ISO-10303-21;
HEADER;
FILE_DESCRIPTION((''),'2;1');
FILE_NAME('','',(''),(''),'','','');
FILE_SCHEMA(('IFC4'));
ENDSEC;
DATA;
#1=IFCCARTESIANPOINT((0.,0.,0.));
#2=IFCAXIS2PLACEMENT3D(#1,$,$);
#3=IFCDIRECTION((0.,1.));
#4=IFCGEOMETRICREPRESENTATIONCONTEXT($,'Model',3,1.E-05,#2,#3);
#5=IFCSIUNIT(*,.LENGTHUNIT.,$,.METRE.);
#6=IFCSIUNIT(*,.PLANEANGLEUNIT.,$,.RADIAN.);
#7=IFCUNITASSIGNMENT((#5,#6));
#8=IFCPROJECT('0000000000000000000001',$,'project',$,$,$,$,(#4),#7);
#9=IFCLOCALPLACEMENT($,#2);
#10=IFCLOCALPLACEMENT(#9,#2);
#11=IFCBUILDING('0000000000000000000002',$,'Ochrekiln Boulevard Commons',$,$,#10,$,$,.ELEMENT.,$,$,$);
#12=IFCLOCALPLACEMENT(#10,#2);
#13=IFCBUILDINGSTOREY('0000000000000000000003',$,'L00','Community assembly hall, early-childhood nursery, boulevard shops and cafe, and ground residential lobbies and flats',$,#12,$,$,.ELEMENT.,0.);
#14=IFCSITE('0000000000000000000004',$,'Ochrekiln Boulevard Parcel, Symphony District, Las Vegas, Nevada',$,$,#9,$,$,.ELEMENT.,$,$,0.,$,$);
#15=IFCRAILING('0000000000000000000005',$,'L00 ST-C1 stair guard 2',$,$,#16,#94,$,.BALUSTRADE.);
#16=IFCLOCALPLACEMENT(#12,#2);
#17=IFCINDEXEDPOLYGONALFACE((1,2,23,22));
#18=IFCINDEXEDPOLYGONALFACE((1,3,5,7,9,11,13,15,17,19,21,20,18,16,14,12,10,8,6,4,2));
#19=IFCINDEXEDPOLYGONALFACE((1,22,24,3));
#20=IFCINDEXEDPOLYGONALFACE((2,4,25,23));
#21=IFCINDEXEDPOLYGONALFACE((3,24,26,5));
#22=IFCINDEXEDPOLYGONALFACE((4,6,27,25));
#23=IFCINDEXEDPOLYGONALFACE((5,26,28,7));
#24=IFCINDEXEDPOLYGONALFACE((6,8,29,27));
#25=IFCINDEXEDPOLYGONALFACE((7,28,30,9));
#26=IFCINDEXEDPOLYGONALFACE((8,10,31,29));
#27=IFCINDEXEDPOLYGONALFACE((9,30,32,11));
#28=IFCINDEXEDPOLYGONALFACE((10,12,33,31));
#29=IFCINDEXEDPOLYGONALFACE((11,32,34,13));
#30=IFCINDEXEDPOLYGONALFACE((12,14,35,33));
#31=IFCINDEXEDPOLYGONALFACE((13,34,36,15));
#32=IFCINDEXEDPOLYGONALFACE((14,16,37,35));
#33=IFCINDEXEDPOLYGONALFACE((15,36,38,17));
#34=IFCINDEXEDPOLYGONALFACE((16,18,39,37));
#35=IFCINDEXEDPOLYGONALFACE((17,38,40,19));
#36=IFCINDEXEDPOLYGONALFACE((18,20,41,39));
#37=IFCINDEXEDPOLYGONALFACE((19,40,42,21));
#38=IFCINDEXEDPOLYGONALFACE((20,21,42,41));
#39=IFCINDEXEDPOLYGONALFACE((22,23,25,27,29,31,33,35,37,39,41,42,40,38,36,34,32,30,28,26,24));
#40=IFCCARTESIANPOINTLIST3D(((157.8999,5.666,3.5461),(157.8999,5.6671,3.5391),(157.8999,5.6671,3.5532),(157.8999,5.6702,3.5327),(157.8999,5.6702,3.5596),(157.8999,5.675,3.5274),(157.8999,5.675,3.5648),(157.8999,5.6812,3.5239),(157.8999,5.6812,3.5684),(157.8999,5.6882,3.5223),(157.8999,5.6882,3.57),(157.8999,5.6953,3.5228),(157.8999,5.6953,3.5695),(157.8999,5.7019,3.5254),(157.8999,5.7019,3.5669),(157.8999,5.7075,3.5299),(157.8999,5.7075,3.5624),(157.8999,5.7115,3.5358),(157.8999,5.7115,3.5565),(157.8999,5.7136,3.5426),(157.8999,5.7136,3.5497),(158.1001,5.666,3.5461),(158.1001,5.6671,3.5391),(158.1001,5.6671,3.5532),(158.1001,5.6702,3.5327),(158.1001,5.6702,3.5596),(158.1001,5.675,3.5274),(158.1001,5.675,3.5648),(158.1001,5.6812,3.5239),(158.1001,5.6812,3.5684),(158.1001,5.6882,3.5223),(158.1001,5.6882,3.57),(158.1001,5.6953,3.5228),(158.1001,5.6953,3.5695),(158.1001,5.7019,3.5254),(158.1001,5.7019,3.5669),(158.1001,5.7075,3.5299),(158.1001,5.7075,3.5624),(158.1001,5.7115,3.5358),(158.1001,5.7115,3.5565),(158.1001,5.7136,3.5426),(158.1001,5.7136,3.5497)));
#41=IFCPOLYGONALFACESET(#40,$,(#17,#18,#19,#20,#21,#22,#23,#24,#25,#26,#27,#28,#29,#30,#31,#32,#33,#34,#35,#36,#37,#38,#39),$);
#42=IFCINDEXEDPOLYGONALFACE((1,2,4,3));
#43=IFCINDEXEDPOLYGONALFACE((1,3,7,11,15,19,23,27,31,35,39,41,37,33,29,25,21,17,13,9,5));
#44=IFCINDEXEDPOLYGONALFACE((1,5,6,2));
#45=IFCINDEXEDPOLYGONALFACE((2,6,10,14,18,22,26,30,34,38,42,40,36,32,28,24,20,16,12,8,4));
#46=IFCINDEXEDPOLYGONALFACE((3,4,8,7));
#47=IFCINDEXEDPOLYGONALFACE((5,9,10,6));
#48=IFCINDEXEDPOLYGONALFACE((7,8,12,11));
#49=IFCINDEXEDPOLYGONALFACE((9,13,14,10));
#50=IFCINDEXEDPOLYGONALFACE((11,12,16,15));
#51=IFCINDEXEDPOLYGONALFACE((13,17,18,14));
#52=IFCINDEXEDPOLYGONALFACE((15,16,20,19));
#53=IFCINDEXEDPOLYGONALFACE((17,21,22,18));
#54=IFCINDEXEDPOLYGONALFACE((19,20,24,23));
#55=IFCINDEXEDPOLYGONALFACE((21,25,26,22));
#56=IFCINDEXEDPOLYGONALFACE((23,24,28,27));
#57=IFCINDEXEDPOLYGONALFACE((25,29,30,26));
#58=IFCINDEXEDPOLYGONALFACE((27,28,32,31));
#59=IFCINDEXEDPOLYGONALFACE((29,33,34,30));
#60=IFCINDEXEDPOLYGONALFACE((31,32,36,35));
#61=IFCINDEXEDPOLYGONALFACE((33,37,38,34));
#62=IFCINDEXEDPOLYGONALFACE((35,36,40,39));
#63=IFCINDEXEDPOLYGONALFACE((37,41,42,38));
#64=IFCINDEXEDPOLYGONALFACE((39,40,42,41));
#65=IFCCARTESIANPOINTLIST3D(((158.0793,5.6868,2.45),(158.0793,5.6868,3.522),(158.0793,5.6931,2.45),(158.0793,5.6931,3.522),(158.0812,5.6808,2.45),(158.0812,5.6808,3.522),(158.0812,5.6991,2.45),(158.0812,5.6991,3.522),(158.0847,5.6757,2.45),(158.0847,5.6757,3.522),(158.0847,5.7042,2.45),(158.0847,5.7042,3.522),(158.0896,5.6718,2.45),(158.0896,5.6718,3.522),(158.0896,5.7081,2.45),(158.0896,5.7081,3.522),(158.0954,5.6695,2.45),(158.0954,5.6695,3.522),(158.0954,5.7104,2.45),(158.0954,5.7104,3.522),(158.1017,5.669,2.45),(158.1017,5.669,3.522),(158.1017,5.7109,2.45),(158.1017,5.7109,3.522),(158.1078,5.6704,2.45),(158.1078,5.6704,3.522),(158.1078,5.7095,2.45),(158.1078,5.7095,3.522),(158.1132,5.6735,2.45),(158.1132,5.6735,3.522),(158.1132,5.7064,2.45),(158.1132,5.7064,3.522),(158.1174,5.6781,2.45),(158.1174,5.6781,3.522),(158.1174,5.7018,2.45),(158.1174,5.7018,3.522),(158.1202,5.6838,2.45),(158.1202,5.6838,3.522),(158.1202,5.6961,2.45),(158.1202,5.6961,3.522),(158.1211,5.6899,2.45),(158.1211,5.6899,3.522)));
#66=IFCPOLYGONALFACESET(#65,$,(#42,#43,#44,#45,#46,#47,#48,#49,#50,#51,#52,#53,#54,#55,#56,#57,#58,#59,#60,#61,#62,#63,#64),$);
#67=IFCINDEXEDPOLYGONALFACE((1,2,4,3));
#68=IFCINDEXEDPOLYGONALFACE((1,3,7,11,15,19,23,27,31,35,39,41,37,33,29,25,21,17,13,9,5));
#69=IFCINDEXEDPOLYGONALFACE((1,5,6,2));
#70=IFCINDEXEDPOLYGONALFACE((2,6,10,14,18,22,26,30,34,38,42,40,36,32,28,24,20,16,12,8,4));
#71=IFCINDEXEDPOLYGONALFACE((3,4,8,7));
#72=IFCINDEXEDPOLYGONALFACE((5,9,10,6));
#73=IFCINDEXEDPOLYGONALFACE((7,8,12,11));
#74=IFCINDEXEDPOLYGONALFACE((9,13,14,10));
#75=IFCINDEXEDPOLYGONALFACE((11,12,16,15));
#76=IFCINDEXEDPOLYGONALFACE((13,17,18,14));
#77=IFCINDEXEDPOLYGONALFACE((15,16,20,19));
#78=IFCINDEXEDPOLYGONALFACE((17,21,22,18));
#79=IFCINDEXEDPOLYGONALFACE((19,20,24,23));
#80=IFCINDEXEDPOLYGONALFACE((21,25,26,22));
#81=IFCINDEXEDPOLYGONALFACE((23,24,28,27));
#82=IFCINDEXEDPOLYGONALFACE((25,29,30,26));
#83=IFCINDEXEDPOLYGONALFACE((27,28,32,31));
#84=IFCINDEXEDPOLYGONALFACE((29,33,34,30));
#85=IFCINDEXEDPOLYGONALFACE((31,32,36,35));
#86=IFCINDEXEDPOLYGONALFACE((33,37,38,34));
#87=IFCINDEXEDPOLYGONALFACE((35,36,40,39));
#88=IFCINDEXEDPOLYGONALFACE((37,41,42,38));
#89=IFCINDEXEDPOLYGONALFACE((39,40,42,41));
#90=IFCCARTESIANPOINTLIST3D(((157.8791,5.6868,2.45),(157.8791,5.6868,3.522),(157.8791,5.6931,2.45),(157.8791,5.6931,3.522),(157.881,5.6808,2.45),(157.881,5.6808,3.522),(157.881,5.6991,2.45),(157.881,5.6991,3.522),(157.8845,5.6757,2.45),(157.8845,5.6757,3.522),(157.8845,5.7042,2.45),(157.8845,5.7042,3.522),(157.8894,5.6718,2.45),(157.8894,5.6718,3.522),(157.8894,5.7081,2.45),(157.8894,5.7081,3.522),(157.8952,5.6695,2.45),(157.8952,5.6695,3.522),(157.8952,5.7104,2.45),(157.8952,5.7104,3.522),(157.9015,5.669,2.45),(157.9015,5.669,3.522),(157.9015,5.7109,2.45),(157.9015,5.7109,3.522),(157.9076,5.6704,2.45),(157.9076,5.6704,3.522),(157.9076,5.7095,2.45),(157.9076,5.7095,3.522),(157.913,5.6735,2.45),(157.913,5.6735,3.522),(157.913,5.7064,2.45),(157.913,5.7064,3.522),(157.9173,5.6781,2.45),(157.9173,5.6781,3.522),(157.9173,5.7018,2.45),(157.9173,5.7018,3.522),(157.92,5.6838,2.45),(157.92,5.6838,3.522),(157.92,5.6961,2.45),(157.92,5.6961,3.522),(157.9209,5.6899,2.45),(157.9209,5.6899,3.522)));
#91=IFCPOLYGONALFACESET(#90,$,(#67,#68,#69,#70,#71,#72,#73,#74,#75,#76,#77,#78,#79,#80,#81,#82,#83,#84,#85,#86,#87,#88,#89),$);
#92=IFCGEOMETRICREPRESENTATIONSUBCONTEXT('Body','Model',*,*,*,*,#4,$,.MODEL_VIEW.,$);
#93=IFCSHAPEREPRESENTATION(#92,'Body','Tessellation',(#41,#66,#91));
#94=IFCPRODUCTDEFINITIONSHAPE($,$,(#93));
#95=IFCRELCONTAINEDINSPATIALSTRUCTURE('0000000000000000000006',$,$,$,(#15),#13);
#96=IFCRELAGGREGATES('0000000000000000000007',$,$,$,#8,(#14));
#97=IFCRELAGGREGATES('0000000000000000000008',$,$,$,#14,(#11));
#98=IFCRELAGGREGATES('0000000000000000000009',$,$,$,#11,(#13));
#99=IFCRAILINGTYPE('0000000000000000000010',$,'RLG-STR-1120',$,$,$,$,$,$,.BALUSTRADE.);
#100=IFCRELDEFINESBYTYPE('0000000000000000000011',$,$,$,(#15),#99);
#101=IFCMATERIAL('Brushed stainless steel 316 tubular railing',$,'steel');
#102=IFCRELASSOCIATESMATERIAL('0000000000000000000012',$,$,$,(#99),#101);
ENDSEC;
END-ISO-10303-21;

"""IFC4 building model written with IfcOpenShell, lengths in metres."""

from ifc_helpers import new_model, si_unit, direction, frame, origin, origin_2d, place, context, subcontext, project, spatial, circle, extrude, material, type_object, element, save


model = new_model("IFC4")

# Units and contexts
model_context = context("Model", 3, precision=1e-05, world=origin(), true_north=direction((0.0, 1.0)))
body_context = subcontext(model_context, "Body", "Model", "MODEL_VIEW")
ifc_project = project(units=[si_unit("LENGTHUNIT", "METRE"), si_unit("PLANEANGLEUNIT", "RADIAN")], contexts=[model_context])

# Site, building, storey
site_placement = place(None, origin())
site = spatial("IfcSite", under=ifc_project, at=site_placement, Name="Ochrekiln Boulevard Parcel, Symphony District, Las Vegas, Nevada", CompositionType="ELEMENT", RefElevation=0.0)
building_placement = place(site_placement, origin())
building = spatial("IfcBuilding", under=site, at=building_placement, Name="Ochrekiln Boulevard Commons", CompositionType="ELEMENT")
storey_placement = place(building_placement, origin())
storey = spatial("IfcBuildingStorey", under=building, at=storey_placement, Name="L00", Description="Community assembly hall, early-childhood nursery, boulevard shops and cafe, and ground residential lobbies and flats", CompositionType="ELEMENT", Elevation=0.0)

# Railing
ifc_material_1 = material(Name="Brushed stainless steel 316 tubular railing", Category="steel")
railing_type_1 = type_object("IfcRailingType", Name="RLG-STR-1120", PredefinedType="BALUSTRADE", material=ifc_material_1)
railing_1_placement = place(storey_placement, frame((158.1001, 5.6899, 2.45)))
element("IfcRailing", 1, at=railing_1_placement, inside=storey, type_object=railing_type_1, Name="L00 ST-C1 stair guard 2", PredefinedType="BALUSTRADE", context=body_context, shape_type="SweptSolid", body=[
    extrude(circle(Radius=0.0239, at=origin_2d()), frame((0.0, 0.0, 1.0962), z_axis=(-1.0, 0.0, 0.0), x_axis=(0.0, -1.0, 0.0)), (0.0, 0.0, 1.0), 0.2002),
    extrude(circle(Radius=0.021, at=origin_2d()), origin(), (0.0, 0.0, 1.0), 1.072),
    extrude(circle(Radius=0.021, at=origin_2d()), frame((-0.2002, 0.0, 0.0)), (0.0, 0.0, 1.0), 1.072),
])

save(model, "model.ifc")
